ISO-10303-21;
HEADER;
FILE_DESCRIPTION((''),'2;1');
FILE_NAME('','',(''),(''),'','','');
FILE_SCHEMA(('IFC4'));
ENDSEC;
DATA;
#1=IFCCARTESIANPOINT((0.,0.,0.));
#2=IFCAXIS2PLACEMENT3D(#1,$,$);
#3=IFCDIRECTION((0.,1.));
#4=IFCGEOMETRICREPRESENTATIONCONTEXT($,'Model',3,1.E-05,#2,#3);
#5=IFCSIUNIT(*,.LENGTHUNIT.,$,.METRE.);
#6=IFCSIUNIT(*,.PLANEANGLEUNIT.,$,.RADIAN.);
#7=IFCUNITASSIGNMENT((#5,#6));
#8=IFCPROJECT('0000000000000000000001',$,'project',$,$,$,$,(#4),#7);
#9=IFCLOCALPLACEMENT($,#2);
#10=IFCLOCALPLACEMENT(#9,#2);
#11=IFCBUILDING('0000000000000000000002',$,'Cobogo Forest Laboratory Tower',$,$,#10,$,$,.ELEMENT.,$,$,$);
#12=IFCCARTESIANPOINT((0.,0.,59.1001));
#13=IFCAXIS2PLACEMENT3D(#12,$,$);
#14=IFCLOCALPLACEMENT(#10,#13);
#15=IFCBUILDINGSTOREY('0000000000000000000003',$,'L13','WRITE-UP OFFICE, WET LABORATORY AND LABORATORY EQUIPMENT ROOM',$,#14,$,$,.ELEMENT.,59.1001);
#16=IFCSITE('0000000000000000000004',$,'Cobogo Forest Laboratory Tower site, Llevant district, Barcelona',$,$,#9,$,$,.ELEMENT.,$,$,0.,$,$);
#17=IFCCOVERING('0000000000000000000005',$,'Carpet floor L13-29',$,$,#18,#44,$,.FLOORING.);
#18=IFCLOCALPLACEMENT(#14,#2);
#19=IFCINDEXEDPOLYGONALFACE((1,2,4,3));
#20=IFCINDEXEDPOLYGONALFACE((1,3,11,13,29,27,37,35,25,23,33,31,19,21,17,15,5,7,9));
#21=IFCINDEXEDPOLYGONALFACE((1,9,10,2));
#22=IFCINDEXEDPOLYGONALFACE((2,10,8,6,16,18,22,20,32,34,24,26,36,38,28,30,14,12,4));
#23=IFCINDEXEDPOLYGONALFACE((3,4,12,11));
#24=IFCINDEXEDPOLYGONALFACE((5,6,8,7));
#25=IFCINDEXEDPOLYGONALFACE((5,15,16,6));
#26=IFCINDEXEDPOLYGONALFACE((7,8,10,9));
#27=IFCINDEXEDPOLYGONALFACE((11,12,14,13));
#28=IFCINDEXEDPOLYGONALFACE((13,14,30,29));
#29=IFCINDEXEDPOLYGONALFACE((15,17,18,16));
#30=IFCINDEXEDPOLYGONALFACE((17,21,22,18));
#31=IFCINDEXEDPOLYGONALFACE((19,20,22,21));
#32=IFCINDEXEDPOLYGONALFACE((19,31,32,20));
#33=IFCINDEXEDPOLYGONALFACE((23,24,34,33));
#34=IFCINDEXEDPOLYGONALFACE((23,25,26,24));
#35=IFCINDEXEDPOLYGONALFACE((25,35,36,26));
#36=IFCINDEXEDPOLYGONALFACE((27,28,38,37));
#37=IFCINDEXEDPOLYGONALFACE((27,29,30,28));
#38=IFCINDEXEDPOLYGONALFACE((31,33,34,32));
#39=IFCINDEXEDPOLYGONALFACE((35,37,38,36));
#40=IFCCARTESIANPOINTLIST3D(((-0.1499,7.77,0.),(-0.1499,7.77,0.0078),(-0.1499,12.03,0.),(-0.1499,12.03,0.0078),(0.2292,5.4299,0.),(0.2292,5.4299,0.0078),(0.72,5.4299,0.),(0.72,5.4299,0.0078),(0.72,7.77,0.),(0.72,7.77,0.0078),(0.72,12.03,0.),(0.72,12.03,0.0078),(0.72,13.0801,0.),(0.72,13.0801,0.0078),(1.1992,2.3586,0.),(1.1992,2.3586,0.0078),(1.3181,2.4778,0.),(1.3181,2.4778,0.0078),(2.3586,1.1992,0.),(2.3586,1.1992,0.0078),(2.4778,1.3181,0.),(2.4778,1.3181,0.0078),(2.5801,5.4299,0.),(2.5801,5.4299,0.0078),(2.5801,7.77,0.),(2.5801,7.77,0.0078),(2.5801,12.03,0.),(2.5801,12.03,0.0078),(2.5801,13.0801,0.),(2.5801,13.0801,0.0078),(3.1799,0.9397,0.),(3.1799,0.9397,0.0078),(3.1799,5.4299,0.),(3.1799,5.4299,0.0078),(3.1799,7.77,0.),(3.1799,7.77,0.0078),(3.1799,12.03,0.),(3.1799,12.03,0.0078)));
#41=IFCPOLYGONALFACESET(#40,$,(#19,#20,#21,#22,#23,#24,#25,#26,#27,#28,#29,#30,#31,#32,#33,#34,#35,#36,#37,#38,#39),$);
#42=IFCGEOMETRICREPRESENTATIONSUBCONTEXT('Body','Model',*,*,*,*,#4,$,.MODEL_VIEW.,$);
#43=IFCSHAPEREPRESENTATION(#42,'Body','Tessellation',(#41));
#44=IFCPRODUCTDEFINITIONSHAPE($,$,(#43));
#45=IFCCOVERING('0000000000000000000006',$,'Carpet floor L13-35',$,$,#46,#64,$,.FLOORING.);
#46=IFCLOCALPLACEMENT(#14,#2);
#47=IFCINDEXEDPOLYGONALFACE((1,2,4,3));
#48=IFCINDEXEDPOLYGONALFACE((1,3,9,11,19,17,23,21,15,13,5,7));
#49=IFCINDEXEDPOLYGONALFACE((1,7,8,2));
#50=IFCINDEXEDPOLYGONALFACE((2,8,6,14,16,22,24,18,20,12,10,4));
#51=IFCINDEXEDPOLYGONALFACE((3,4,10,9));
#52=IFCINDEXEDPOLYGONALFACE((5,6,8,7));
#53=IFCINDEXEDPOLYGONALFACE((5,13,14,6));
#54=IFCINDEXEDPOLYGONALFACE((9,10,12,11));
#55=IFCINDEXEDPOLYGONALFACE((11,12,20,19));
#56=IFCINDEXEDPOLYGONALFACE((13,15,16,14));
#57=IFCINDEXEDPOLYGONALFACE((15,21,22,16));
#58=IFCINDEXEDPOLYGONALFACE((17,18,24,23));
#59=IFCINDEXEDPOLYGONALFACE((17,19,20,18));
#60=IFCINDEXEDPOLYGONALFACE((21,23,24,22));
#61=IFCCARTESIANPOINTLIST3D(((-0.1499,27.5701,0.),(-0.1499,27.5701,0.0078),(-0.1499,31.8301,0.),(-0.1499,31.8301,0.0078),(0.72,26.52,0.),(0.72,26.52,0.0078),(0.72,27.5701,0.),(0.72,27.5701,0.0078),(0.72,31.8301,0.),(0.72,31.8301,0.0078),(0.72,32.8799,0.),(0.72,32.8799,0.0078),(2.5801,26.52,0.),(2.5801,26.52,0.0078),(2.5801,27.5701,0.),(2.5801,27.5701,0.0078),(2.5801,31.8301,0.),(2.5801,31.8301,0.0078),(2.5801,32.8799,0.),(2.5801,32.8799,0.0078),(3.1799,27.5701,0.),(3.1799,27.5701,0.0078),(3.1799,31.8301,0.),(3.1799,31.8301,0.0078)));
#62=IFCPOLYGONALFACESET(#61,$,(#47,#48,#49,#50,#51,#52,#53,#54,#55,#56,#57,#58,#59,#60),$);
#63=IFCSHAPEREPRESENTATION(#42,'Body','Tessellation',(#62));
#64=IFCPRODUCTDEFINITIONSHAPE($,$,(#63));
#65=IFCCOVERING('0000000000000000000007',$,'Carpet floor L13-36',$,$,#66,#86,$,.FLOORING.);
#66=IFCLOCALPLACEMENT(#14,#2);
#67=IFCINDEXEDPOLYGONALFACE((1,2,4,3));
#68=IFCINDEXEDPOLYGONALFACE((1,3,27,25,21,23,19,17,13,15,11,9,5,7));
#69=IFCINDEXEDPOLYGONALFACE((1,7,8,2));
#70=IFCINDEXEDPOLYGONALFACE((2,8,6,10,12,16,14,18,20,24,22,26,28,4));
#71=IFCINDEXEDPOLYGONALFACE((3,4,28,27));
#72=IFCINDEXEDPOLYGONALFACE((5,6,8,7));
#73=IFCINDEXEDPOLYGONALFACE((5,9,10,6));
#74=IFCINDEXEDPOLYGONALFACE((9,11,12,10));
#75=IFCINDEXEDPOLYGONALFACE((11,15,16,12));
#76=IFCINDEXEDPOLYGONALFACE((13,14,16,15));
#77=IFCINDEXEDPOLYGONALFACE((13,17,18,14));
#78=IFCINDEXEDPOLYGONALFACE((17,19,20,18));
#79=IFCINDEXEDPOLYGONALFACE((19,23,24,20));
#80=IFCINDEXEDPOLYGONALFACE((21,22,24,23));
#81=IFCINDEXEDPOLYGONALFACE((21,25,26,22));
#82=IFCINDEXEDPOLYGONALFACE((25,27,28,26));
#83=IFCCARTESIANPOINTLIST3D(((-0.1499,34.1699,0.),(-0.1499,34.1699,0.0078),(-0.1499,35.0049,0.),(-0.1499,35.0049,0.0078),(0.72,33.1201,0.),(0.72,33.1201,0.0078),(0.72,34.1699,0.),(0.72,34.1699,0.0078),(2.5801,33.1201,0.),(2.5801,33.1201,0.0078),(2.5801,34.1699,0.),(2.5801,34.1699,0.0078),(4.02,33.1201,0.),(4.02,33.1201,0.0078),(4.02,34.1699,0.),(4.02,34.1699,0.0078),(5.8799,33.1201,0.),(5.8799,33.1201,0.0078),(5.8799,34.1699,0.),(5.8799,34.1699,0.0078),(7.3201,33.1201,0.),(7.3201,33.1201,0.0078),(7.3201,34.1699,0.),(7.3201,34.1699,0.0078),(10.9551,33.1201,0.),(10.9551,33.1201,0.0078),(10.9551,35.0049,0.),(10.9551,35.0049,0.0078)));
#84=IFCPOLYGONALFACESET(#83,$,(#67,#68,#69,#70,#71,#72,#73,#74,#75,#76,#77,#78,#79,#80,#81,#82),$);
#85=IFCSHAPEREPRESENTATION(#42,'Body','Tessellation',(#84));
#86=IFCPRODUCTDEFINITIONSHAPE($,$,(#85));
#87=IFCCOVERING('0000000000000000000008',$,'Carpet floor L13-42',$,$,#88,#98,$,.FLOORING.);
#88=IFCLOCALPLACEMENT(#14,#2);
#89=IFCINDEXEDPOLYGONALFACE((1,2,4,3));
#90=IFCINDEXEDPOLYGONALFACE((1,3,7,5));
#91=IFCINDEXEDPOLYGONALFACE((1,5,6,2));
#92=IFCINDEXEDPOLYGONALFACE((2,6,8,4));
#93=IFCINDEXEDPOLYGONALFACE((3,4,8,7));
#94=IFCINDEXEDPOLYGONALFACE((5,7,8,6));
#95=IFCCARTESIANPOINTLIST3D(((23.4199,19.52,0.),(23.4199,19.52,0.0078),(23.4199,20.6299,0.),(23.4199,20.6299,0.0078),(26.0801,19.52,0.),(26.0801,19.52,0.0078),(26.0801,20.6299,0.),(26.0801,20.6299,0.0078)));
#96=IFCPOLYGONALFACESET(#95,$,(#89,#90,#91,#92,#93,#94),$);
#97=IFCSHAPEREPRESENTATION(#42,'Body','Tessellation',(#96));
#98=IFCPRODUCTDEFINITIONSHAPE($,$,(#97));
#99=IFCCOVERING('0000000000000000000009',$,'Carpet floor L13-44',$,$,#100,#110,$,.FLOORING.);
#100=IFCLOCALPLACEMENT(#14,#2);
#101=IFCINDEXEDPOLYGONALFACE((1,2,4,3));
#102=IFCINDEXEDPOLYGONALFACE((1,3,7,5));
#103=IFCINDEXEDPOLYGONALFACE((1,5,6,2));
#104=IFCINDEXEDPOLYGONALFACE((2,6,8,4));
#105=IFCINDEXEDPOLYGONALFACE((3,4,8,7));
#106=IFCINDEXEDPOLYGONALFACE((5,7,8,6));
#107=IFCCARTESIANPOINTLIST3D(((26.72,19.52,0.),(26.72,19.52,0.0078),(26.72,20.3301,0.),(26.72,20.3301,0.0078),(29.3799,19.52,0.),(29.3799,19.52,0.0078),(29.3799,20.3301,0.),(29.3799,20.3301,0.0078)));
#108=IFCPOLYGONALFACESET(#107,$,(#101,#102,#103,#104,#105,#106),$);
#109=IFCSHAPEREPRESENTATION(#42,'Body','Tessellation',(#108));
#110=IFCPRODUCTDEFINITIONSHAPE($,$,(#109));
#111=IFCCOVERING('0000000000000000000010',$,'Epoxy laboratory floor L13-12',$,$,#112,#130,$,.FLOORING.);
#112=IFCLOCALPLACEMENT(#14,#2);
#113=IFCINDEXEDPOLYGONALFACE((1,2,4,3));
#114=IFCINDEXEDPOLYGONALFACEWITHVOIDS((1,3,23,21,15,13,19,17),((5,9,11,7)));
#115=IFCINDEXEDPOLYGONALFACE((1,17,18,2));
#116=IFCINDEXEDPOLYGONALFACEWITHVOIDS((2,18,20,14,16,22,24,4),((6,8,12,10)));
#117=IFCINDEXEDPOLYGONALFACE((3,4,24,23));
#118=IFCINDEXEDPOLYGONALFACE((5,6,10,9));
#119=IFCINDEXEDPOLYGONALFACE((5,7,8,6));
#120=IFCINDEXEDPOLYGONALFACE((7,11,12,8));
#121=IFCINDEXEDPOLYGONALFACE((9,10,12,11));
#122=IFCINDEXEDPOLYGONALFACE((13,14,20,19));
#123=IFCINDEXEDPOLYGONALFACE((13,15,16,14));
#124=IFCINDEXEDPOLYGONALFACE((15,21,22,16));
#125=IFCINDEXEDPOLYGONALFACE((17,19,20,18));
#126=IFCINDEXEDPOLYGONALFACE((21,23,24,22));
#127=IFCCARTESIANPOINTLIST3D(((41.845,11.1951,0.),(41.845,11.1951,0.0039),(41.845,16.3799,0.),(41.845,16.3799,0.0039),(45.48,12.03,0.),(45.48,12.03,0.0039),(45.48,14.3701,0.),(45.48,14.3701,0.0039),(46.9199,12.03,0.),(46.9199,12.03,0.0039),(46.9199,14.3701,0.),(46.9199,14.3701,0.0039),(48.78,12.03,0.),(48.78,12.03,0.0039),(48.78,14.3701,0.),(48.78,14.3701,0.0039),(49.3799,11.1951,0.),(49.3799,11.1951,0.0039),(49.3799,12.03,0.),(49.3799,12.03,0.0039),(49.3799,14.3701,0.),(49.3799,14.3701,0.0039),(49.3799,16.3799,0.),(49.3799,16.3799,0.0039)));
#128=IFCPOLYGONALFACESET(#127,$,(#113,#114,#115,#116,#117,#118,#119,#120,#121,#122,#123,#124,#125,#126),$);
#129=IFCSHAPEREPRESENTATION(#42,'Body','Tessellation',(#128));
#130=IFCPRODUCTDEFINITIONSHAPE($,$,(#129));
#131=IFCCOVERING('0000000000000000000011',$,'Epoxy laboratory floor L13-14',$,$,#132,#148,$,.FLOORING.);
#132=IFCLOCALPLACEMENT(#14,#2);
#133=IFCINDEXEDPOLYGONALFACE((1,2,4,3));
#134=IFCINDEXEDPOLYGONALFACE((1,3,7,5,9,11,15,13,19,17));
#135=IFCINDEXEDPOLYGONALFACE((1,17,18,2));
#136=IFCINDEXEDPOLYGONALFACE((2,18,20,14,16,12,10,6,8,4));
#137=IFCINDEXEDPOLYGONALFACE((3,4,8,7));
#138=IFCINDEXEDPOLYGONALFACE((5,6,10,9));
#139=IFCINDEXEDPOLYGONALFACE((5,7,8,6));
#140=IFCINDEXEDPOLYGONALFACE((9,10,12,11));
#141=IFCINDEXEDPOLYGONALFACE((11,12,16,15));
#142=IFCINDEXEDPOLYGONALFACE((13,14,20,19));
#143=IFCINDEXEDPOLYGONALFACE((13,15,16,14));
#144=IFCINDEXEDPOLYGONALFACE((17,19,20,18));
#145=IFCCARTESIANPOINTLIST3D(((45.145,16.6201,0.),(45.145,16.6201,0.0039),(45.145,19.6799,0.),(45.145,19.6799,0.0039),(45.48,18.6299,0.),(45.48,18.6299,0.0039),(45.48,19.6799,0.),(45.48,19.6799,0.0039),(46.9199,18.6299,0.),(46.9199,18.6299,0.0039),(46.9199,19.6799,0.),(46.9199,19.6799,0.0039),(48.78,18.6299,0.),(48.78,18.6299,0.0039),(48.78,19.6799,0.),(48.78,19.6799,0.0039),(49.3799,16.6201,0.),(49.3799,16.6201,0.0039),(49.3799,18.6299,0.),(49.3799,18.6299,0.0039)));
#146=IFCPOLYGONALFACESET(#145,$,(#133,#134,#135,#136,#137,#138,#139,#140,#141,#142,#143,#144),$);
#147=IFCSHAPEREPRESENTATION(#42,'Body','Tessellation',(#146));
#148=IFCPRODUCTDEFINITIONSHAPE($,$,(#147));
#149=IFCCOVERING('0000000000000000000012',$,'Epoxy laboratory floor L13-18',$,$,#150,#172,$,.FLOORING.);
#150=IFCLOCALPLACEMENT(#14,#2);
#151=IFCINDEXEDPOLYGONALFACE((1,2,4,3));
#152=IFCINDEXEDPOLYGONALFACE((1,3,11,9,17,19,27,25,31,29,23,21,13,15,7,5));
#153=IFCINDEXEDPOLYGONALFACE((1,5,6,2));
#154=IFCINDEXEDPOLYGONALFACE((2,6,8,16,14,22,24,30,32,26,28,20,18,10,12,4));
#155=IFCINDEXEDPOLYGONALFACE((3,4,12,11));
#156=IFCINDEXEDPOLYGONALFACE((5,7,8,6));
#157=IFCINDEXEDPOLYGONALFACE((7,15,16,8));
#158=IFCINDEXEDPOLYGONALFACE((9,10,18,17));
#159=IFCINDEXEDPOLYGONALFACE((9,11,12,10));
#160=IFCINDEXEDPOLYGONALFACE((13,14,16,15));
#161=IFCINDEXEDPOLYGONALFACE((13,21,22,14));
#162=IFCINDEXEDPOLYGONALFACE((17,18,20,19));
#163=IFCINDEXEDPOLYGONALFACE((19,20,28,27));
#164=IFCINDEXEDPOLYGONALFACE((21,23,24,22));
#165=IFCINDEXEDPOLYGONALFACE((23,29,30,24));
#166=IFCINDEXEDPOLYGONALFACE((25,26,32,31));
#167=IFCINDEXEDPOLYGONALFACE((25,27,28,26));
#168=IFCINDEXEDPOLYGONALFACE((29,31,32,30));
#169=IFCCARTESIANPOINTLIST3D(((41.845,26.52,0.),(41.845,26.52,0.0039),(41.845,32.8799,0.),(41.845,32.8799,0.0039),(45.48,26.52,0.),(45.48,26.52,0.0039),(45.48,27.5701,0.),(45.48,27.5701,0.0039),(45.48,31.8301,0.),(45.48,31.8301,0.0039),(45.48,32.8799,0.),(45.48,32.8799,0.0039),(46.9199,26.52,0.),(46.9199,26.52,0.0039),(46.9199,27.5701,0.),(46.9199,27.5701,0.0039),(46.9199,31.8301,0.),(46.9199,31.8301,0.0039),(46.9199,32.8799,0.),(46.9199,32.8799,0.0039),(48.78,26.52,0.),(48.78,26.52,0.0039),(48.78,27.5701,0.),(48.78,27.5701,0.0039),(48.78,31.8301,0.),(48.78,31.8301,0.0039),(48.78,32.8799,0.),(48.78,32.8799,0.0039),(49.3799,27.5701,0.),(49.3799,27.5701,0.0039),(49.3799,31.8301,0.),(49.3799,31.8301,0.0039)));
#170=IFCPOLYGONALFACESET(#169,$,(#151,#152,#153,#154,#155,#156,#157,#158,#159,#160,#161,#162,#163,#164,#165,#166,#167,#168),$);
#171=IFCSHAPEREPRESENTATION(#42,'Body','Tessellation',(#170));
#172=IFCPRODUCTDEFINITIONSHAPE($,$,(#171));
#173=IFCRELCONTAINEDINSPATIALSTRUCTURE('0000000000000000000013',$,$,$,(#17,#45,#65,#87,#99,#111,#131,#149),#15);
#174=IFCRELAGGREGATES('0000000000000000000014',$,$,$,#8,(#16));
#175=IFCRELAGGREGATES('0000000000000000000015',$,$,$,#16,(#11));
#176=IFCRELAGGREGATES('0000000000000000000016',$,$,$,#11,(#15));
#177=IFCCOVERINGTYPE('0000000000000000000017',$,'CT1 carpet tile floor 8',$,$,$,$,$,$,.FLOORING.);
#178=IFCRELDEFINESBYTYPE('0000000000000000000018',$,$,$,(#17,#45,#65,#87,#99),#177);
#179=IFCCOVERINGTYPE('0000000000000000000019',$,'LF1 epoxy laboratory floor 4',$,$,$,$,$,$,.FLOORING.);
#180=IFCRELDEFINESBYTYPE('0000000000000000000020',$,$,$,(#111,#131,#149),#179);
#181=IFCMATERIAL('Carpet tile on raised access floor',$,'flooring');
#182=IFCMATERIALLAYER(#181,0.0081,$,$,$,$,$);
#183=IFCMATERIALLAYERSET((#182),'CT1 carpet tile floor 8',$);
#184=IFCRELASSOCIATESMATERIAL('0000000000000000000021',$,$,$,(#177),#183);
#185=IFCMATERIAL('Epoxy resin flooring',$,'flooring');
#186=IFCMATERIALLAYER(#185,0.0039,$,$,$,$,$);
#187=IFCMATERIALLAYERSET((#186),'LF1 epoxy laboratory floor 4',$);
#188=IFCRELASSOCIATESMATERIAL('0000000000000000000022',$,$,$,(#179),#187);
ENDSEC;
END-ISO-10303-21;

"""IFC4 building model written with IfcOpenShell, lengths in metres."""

from ifc_helpers import new_model, si_unit, direction, frame, origin, place, context, subcontext, project, spatial, polyline, outline, extrude, material, layer, layer_set, type_object, element, save


model = new_model("IFC4")

# Units and contexts
model_context = context("Model", 3, precision=1e-05, world=origin(), true_north=direction((0.0, 1.0)))
body_context = subcontext(model_context, "Body", "Model", "MODEL_VIEW")
ifc_project = project(units=[si_unit("LENGTHUNIT", "METRE"), si_unit("PLANEANGLEUNIT", "RADIAN")], contexts=[model_context])

# Site, building, storey
site_placement = place(None, origin())
site = spatial("IfcSite", under=ifc_project, at=site_placement, Name="Cobogo Forest Laboratory Tower site, Llevant district, Barcelona", CompositionType="ELEMENT", RefElevation=0.0)
building_placement = place(site_placement, origin())
building = spatial("IfcBuilding", under=site, at=building_placement, Name="Cobogo Forest Laboratory Tower", CompositionType="ELEMENT")
storey_placement = place(building_placement, frame((0.0, 0.0, 59.1001)))
storey = spatial("IfcBuildingStorey", under=building, at=storey_placement, Name="L13", Description="WRITE-UP OFFICE, WET LABORATORY AND LABORATORY EQUIPMENT ROOM", CompositionType="ELEMENT", Elevation=59.1001)

# Coverings
ifc_material_1 = material(Name="Carpet tile on raised access floor", Category="flooring")
ifc_layer_1 = layer(ifc_material_1, 0.0081)
ifc_layer_set_1 = layer_set([ifc_layer_1], Name="CT1 carpet tile floor 8")
covering_type_1 = type_object("IfcCoveringType", Name="CT1 carpet tile floor 8", PredefinedType="FLOORING", material=ifc_layer_set_1)
covering_1_placement = place(storey_placement, origin())
element("IfcCovering", 1, at=covering_1_placement, inside=storey, type_object=covering_type_1, Name="Carpet floor L13-29", PredefinedType="FLOORING", context=body_context, shape_type="SweptSolid", body=[
    extrude(outline(polyline([(3.1799, 7.77), (2.5801, 7.77), (2.5801, 5.4299), (3.1799, 5.4299), (3.1799, 0.9397), (2.3586, 1.1992), (2.4778, 1.3181), (1.3181, 2.4778), (1.1992, 2.3586), (0.2292, 5.4299), (0.72, 5.4299), (0.72, 7.77), (-0.1499, 7.77), (-0.1499, 12.03), (0.72, 12.03), (0.72, 13.0801), (2.5801, 13.0801), (2.5801, 12.03), (3.1799, 12.03), (3.1799, 7.77)])), origin(), (0.0, 0.0, 1.0), 0.0078),
])
covering_2_placement = place(storey_placement, origin())
element("IfcCovering", 2, at=covering_2_placement, inside=storey, type_object=covering_type_1, Name="Carpet floor L13-35", PredefinedType="FLOORING", context=body_context, shape_type="SweptSolid", body=[
    extrude(outline(polyline([(3.1799, 27.5701), (2.5801, 27.5701), (2.5801, 26.52), (0.72, 26.52), (0.72, 27.5701), (-0.1499, 27.5701), (-0.1499, 31.8301), (0.72, 31.8301), (0.72, 32.8799), (2.5801, 32.8799), (2.5801, 31.8301), (3.1799, 31.8301), (3.1799, 27.5701)])), origin(), (0.0, 0.0, 1.0), 0.0078),
])
covering_3_placement = place(storey_placement, origin())
element("IfcCovering", 3, at=covering_3_placement, inside=storey, type_object=covering_type_1, Name="Carpet floor L13-36", PredefinedType="FLOORING", context=body_context, shape_type="SweptSolid", body=[
    extrude(outline(polyline([(10.9551, 33.1201), (7.3201, 33.1201), (7.3201, 34.1699), (5.8799, 34.1699), (5.8799, 33.1201), (4.02, 33.1201), (4.02, 34.1699), (2.5801, 34.1699), (2.5801, 33.1201), (0.72, 33.1201), (0.72, 34.1699), (-0.1499, 34.1699), (-0.1499, 35.0049), (10.9551, 35.0049), (10.9551, 33.1201)])), origin(), (0.0, 0.0, 1.0), 0.0078),
])
covering_4_placement = place(storey_placement, origin())
element("IfcCovering", 4, at=covering_4_placement, inside=storey, type_object=covering_type_1, Name="Carpet floor L13-42", PredefinedType="FLOORING", context=body_context, shape_type="SweptSolid", body=[
    extrude(outline(polyline([(26.0801, 19.52), (23.4199, 19.52), (23.4199, 20.6299), (26.0801, 20.6299), (26.0801, 19.52)])), origin(), (0.0, 0.0, 1.0), 0.0078),
])
covering_5_placement = place(storey_placement, origin())
element("IfcCovering", 5, at=covering_5_placement, inside=storey, type_object=covering_type_1, Name="Carpet floor L13-44", PredefinedType="FLOORING", context=body_context, shape_type="SweptSolid", body=[
    extrude(outline(polyline([(29.3799, 19.52), (26.72, 19.52), (26.72, 20.3301), (29.3799, 20.3301), (29.3799, 19.52)])), origin(), (0.0, 0.0, 1.0), 0.0078),
])
ifc_material_2 = material(Name="Epoxy resin flooring", Category="flooring")
ifc_layer_2 = layer(ifc_material_2, 0.0039)
ifc_layer_set_2 = layer_set([ifc_layer_2], Name="LF1 epoxy laboratory floor 4")
covering_type_2 = type_object("IfcCoveringType", Name="LF1 epoxy laboratory floor 4", PredefinedType="FLOORING", material=ifc_layer_set_2)
covering_6_placement = place(storey_placement, origin())
element("IfcCovering", 6, at=covering_6_placement, inside=storey, type_object=covering_type_2, Name="Epoxy laboratory floor L13-12", PredefinedType="FLOORING", context=body_context, shape_type="SweptSolid", body=[
    extrude(outline(polyline([(41.845, 16.3799), (49.3799, 16.3799), (49.3799, 14.3701), (48.78, 14.3701), (48.78, 12.03), (49.3799, 12.03), (49.3799, 11.1951), (41.845, 11.1951), (41.845, 16.3799)]), holes=[polyline([(45.48, 12.03), (46.9199, 12.03), (46.9199, 14.3701), (45.48, 14.3701), (45.48, 12.03)])]), origin(), (0.0, 0.0, 1.0), 0.0039),
])
covering_7_placement = place(storey_placement, origin())
element("IfcCovering", 7, at=covering_7_placement, inside=storey, type_object=covering_type_2, Name="Epoxy laboratory floor L13-14", PredefinedType="FLOORING", context=body_context, shape_type="SweptSolid", body=[
    extrude(outline(polyline([(45.145, 19.6799), (45.48, 19.6799), (45.48, 18.6299), (46.9199, 18.6299), (46.9199, 19.6799), (48.78, 19.6799), (48.78, 18.6299), (49.3799, 18.6299), (49.3799, 16.6201), (45.145, 16.6201), (45.145, 19.6799)])), origin(), (0.0, 0.0, 1.0), 0.0039),
])
covering_8_placement = place(storey_placement, origin())
element("IfcCovering", 8, at=covering_8_placement, inside=storey, type_object=covering_type_2, Name="Epoxy laboratory floor L13-18", PredefinedType="FLOORING", context=body_context, shape_type="SweptSolid", body=[
    extrude(outline(polyline([(41.845, 32.8799), (45.48, 32.8799), (45.48, 31.8301), (46.9199, 31.8301), (46.9199, 32.8799), (48.78, 32.8799), (48.78, 31.8301), (49.3799, 31.8301), (49.3799, 27.5701), (48.78, 27.5701), (48.78, 26.52), (46.9199, 26.52), (46.9199, 27.5701), (45.48, 27.5701), (45.48, 26.52), (41.845, 26.52), (41.845, 32.8799)])), origin(), (0.0, 0.0, 1.0), 0.0039),
])

save(model, "model.ifc")
